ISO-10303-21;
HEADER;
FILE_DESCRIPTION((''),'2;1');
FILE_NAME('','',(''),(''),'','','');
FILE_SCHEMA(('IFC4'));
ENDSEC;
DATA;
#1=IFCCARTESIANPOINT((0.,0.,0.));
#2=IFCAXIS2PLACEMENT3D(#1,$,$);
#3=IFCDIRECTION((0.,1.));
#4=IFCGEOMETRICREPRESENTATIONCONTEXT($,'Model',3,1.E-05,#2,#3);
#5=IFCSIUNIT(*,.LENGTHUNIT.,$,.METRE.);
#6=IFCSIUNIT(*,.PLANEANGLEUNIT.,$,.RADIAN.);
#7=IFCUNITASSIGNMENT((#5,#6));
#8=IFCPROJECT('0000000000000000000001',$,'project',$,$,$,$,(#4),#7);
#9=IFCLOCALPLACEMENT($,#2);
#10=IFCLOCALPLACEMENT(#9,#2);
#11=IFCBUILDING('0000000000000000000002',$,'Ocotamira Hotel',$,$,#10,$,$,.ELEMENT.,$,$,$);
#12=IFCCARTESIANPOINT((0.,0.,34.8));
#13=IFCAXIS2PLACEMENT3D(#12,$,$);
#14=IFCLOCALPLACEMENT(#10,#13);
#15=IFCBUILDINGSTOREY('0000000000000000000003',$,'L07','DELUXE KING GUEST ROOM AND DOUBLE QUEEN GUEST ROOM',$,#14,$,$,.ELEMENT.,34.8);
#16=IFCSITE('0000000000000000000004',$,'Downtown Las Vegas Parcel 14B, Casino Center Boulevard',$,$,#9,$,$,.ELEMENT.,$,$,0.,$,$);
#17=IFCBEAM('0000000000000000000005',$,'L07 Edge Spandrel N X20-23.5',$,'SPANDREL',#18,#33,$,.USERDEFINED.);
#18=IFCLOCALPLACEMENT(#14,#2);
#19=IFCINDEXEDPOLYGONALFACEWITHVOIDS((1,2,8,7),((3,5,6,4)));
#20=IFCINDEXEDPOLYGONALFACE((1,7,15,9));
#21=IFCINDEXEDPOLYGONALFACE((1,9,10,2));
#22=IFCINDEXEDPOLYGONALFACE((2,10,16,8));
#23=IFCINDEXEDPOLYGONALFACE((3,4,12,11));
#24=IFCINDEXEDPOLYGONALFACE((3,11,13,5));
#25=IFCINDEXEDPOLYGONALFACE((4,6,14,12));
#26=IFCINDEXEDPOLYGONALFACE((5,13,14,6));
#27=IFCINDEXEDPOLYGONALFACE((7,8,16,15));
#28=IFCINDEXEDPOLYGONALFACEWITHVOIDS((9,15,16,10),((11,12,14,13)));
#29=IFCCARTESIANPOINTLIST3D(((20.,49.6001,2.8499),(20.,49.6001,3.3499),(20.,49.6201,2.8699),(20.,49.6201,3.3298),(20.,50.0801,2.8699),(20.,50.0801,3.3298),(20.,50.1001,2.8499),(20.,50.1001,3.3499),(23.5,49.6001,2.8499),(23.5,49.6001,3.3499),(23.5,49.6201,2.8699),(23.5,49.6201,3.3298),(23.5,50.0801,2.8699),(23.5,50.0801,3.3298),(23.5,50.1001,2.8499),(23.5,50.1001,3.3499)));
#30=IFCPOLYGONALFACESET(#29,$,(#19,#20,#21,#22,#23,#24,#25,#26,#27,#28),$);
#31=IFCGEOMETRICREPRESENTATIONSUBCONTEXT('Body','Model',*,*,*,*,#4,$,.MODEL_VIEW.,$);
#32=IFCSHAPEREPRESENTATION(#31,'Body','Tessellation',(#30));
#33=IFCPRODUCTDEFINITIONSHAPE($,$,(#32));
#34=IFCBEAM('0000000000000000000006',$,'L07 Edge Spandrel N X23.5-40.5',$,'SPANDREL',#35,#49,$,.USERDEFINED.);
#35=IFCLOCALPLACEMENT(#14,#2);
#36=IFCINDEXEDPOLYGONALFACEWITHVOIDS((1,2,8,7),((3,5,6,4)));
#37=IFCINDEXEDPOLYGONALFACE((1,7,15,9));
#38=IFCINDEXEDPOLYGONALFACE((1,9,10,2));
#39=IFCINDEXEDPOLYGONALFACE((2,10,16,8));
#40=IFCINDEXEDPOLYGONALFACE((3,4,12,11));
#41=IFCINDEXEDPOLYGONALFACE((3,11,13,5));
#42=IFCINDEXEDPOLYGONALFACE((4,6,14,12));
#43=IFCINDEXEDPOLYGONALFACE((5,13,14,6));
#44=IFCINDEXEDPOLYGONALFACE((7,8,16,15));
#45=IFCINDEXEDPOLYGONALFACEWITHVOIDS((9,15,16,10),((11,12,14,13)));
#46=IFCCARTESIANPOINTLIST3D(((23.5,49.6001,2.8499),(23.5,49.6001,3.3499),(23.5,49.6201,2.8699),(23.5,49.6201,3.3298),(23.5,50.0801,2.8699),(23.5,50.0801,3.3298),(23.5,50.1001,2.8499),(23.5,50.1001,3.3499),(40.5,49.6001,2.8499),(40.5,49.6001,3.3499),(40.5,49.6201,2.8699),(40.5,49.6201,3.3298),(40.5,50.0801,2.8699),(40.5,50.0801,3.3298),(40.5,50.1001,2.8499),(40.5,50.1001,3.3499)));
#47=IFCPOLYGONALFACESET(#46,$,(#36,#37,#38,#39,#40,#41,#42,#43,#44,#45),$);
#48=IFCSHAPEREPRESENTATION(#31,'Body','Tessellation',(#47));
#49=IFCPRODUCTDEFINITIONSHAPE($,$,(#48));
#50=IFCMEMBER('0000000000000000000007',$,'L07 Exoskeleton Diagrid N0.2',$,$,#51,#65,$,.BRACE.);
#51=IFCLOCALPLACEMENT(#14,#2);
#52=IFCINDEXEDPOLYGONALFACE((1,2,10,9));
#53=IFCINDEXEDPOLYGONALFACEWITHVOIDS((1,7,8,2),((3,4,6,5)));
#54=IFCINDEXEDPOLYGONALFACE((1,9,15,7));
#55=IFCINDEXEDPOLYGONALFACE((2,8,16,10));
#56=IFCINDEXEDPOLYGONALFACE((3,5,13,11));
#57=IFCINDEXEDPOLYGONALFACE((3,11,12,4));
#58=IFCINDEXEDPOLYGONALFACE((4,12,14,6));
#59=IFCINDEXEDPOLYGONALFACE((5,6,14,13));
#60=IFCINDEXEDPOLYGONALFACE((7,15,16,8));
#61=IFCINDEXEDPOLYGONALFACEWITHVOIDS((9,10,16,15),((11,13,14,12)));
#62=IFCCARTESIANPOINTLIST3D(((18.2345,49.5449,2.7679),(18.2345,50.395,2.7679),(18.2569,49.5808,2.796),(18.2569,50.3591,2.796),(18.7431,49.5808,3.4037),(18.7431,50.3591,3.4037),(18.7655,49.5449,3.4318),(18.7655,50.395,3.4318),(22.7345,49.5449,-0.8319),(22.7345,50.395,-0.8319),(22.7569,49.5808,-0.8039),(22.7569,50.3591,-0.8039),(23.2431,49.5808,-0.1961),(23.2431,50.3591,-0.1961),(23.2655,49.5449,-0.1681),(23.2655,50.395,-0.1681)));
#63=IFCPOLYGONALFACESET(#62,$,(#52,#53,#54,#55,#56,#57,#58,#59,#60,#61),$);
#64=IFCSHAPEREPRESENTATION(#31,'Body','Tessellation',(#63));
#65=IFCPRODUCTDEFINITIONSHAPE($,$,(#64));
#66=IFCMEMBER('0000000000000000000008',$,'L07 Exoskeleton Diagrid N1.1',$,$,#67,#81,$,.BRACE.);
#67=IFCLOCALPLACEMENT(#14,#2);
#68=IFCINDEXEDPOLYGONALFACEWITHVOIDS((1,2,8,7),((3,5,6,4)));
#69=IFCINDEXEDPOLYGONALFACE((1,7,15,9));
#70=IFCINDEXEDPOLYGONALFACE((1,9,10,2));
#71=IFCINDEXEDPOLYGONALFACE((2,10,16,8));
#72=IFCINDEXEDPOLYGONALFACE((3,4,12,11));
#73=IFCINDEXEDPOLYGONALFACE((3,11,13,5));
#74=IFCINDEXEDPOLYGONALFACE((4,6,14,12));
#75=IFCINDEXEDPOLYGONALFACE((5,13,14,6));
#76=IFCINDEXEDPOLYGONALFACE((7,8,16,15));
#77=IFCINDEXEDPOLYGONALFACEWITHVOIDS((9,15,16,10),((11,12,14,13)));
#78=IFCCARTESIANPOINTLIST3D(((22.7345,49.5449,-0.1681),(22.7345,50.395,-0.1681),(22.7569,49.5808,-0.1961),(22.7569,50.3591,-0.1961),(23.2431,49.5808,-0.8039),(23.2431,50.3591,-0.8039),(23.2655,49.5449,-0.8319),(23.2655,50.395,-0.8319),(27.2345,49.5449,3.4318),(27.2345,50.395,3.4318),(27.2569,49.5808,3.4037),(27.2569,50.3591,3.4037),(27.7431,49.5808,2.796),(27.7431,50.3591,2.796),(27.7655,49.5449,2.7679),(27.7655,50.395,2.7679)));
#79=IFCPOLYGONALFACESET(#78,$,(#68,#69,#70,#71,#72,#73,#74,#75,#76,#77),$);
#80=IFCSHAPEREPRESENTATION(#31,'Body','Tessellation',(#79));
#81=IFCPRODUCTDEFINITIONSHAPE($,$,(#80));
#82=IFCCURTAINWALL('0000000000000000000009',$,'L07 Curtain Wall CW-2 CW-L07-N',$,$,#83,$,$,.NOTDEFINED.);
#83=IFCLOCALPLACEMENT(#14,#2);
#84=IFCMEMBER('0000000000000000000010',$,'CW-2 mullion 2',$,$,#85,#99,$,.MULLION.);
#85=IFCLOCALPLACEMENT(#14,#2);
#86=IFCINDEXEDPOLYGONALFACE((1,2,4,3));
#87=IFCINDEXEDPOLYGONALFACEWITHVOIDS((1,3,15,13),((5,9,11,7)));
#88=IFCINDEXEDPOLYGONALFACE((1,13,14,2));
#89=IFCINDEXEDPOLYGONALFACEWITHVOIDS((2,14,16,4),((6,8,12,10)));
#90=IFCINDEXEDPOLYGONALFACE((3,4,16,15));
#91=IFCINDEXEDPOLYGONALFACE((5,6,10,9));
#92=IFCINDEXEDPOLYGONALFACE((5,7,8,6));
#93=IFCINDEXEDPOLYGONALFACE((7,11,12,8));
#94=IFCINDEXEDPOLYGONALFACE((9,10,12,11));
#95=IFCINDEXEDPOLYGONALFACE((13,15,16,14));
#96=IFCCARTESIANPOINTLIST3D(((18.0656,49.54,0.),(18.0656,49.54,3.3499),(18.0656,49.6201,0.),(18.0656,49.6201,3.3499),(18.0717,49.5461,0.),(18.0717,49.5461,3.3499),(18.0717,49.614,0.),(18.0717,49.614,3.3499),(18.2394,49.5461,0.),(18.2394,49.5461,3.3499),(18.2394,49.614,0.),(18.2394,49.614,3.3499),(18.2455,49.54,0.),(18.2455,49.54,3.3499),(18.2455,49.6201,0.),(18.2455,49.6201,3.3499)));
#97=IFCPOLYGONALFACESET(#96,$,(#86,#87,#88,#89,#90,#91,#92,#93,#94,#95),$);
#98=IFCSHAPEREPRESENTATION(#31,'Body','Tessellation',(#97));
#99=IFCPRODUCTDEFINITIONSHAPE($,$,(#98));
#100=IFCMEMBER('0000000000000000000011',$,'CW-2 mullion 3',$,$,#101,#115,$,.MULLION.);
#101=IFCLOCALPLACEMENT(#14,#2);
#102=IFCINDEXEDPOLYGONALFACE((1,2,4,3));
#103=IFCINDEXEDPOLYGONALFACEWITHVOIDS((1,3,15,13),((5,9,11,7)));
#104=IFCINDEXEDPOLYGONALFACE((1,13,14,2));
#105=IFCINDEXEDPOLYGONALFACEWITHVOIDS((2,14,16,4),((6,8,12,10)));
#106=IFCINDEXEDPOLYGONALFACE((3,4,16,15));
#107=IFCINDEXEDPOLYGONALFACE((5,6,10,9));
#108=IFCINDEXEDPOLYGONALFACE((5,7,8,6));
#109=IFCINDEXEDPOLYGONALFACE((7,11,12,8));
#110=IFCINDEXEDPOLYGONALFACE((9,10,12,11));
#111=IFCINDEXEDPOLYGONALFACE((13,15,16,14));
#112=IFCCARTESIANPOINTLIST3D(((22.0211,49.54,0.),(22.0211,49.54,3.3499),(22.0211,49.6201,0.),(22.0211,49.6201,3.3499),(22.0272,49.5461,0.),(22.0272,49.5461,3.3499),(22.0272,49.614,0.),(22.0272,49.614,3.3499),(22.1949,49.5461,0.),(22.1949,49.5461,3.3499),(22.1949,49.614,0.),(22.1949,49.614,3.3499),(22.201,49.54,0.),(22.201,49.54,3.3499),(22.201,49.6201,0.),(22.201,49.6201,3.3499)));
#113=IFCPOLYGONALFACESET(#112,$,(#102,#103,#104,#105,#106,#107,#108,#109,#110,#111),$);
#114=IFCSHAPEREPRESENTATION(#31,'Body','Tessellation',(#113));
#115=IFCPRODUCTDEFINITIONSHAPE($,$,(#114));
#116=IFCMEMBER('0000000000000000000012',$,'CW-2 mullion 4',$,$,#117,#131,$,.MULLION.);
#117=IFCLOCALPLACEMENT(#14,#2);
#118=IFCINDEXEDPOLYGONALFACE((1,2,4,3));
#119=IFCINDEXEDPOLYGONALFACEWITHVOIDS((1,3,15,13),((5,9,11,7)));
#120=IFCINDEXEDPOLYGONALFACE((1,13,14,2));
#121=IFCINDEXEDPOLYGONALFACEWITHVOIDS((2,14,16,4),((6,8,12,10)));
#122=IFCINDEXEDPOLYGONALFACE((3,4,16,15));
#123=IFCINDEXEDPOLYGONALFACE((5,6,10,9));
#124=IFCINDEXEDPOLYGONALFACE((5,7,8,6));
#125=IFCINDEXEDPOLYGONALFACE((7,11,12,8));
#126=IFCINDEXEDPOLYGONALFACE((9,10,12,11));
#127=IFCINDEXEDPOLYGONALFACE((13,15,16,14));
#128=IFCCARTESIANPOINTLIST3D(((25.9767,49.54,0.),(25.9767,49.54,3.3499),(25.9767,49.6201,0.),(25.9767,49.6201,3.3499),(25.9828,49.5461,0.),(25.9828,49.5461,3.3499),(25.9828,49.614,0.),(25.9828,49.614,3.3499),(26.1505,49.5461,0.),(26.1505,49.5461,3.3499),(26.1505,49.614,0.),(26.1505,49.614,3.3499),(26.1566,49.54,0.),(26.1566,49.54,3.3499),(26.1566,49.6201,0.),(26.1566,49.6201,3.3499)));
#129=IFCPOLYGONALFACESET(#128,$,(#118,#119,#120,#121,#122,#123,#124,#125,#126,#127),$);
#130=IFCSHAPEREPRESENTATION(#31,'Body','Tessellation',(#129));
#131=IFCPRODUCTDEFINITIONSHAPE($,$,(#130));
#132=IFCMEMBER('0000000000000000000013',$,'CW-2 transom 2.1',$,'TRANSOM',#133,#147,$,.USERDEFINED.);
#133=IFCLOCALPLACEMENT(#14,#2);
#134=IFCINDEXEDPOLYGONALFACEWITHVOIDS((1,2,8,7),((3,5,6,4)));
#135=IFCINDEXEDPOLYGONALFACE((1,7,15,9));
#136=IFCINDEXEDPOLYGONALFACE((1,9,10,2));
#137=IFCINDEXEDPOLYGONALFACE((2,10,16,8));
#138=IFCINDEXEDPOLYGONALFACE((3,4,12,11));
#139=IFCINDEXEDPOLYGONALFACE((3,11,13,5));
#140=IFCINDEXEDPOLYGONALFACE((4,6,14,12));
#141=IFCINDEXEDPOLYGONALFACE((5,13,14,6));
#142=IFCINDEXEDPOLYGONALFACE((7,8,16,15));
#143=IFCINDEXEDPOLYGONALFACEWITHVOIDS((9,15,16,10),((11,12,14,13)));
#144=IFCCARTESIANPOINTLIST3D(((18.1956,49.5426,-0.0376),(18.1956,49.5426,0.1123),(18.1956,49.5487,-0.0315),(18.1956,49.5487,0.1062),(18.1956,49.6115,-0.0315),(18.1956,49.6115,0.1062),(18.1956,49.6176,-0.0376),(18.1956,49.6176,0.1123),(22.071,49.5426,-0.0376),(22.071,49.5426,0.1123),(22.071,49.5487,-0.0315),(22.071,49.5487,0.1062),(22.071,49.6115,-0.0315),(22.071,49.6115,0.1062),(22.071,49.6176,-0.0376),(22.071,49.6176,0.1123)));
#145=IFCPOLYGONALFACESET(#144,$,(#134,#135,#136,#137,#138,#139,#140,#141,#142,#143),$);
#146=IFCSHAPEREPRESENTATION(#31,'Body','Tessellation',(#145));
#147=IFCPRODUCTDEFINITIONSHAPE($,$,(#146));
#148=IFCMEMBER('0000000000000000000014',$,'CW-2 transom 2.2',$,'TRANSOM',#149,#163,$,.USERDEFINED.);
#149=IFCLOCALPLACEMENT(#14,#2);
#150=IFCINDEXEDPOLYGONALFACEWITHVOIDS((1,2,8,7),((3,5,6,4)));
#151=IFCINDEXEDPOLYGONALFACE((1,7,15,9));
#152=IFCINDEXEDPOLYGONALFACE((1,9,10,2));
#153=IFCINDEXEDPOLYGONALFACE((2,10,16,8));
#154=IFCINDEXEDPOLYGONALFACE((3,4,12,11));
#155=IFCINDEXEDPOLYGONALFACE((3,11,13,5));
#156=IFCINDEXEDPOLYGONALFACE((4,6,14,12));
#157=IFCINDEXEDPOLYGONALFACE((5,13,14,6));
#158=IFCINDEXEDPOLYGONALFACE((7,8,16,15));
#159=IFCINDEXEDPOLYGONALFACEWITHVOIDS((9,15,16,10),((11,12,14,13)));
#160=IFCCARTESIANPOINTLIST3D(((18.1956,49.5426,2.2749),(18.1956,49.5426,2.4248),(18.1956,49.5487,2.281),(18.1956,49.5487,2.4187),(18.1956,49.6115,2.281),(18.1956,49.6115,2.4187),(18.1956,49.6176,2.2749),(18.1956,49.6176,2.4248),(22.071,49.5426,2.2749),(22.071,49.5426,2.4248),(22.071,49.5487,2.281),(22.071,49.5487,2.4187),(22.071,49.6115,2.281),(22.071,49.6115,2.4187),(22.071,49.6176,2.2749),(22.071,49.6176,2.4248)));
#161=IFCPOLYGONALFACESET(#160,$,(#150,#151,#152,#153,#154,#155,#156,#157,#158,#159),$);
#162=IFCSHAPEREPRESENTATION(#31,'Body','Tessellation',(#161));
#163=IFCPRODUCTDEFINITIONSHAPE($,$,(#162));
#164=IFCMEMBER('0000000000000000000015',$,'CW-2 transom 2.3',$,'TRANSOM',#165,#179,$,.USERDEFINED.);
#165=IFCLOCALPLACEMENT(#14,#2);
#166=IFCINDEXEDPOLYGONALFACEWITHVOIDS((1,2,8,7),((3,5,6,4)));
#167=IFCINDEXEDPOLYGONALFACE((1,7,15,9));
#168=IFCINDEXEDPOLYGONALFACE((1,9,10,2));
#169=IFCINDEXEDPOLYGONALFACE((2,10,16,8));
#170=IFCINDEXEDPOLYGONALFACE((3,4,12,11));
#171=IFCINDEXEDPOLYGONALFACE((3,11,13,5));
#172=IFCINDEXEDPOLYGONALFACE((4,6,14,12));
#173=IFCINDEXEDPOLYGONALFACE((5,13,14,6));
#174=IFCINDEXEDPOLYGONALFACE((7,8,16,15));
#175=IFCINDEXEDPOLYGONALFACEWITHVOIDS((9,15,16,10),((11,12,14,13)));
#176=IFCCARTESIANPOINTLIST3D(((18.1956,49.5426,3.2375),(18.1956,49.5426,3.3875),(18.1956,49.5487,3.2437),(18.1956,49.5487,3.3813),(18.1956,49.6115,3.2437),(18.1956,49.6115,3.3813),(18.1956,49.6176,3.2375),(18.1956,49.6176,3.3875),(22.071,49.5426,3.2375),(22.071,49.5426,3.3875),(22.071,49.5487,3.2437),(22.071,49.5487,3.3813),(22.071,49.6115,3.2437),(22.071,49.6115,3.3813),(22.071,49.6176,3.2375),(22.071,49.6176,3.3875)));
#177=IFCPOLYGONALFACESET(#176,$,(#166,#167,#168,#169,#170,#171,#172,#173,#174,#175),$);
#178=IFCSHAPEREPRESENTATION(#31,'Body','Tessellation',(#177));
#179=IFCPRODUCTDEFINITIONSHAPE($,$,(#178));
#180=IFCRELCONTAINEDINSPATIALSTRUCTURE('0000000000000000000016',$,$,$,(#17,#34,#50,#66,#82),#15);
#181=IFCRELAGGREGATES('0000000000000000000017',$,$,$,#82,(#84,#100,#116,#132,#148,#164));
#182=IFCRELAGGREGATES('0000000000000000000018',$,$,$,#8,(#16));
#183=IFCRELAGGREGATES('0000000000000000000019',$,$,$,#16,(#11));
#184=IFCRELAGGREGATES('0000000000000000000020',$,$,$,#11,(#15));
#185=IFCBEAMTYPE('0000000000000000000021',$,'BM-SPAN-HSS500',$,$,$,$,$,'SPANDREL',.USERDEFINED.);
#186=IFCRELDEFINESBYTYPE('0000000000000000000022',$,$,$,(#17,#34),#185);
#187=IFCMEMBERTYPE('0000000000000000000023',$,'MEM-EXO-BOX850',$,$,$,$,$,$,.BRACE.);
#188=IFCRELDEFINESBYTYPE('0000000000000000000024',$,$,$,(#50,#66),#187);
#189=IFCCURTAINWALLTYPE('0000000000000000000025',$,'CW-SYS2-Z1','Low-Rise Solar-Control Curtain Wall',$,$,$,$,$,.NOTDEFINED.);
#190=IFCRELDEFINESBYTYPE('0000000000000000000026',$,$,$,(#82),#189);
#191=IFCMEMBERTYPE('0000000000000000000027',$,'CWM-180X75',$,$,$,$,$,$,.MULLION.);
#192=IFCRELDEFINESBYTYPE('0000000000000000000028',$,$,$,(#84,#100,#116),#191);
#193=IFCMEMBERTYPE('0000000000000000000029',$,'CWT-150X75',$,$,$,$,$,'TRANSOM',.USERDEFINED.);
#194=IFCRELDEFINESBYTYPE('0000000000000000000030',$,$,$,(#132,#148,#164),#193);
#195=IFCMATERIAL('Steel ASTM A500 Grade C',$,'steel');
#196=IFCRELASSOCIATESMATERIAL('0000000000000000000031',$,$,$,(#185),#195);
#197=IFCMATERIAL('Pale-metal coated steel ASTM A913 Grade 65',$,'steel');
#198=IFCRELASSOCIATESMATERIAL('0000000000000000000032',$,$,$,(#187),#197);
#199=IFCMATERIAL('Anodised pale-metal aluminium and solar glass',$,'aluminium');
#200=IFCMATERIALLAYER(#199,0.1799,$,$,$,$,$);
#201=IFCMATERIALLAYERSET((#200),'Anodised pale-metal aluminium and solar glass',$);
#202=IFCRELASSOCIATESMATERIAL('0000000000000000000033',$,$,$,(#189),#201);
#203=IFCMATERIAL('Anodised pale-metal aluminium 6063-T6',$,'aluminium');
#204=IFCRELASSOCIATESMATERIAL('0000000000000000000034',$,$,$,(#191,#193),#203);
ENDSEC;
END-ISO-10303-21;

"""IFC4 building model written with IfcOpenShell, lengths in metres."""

from ifc_helpers import new_model, si_unit, direction, frame, origin, origin_2d, place, context, subcontext, project, spatial, hollow_rectangle, extrude, source, transform, mapped, material, layer, layer_set, material_profile, profile_set, type_object, element, aggregate, save


model = new_model("IFC4")

# Units and contexts
model_context = context("Model", 3, precision=1e-05, world=origin(), true_north=direction((0.0, 1.0)))
body_context = subcontext(model_context, "Body", "Model", "MODEL_VIEW")
ifc_project = project(units=[si_unit("LENGTHUNIT", "METRE"), si_unit("PLANEANGLEUNIT", "RADIAN")], contexts=[model_context])

# Site, building, storey
site_placement = place(None, origin())
site = spatial("IfcSite", under=ifc_project, at=site_placement, Name="Downtown Las Vegas Parcel 14B, Casino Center Boulevard", CompositionType="ELEMENT", RefElevation=0.0)
building_placement = place(site_placement, origin())
building = spatial("IfcBuilding", under=site, at=building_placement, Name="Ocotamira Hotel", CompositionType="ELEMENT")
storey_placement = place(building_placement, frame((0.0, 0.0, 34.8)))
storey = spatial("IfcBuildingStorey", under=building, at=storey_placement, Name="L07", Description="DELUXE KING GUEST ROOM AND DOUBLE QUEEN GUEST ROOM", CompositionType="ELEMENT", Elevation=34.8)

# Beams
ifc_material_1 = material(Name="Steel ASTM A500 Grade C", Category="steel")
ifc_material_profile_1 = material_profile(ifc_material_1, hollow_rectangle(XDim=0.5, YDim=0.5, WallThickness=0.02, at=origin_2d()), Name="HSS500X500X20")
ifc_profile_set_1 = profile_set([ifc_material_profile_1], Name="Steel ASTM A500 Grade C")
beam_type = type_object("IfcBeamType", Name="BM-SPAN-HSS500", ElementType="SPANDREL", PredefinedType="USERDEFINED", material=ifc_profile_set_1)
shared_shape_1 = source(origin(), body_context, "Body", "SweptSolid", [
    extrude(hollow_rectangle(XDim=0.5, YDim=0.5, WallThickness=0.02, at=origin_2d()), origin(), (0.0, 0.0, 1.0), 3.5),
])
beam_1_placement = place(storey_placement, frame((20.0, 49.8501, 3.0999), z_axis=(1.0, 0.0, 0.0), x_axis=(0.0, 1.0, 0.0)))
element("IfcBeam", 1, at=beam_1_placement, inside=storey, type_object=beam_type, Name="L07 Edge Spandrel N X20-23.5", ObjectType="SPANDREL", PredefinedType="USERDEFINED", context=body_context, shape_type="MappedRepresentation", body=[
    mapped(shared_shape_1, transform((0.0, 0.0, 0.0), scale=1.0)),
])
shared_shape_2 = source(origin(), body_context, "Body", "SweptSolid", [
    extrude(hollow_rectangle(XDim=0.5, YDim=0.5, WallThickness=0.02, at=origin_2d()), origin(), (0.0, 0.0, 1.0), 17.0),
])
beam_2_placement = place(storey_placement, frame((23.5, 49.8501, 3.0999), z_axis=(1.0, 0.0, 0.0), x_axis=(0.0, 1.0, 0.0)))
element("IfcBeam", 2, at=beam_2_placement, inside=storey, type_object=beam_type, Name="L07 Edge Spandrel N X23.5-40.5", ObjectType="SPANDREL", PredefinedType="USERDEFINED", context=body_context, shape_type="MappedRepresentation", body=[
    mapped(shared_shape_2, transform((0.0, 0.0, 0.0), scale=1.0)),
])

# Members
ifc_material_2 = material(Name="Pale-metal coated steel ASTM A913 Grade 65", Category="steel")
ifc_material_profile_2 = material_profile(ifc_material_2, hollow_rectangle(XDim=0.8501, YDim=0.8501, WallThickness=0.0359, at=origin_2d()), Name="BOX850X850X36")
ifc_profile_set_2 = profile_set([ifc_material_profile_2], Name="Pale-metal coated steel ASTM A913 Grade 65")
member_type_1 = type_object("IfcMemberType", Name="MEM-EXO-BOX850", PredefinedType="BRACE", material=ifc_profile_set_2)
shared_shape_3 = source(origin(), body_context, "Body", "SweptSolid", [
    extrude(hollow_rectangle(XDim=0.8501, YDim=0.8501, WallThickness=0.0359, at=origin_2d()), origin(), (0.0, 0.0, 1.0), 5.7627),
])
for number, where, z_axis, x_axis, name in (
    (3, (23.0, 49.97, -0.5), (-0.780881, 0.0, 0.62468), (0.0, -1.0, 0.0), "L07 Exoskeleton Diagrid N0.2"),
    (4, (23.0, 49.97, -0.5), (0.780881, 0.0, 0.62468), (0.0, 1.0, 0.0), "L07 Exoskeleton Diagrid N1.1"),
):
    element("IfcMember", number, at=place(storey_placement, frame(where, z_axis=z_axis, x_axis=x_axis)), inside=storey, type_object=member_type_1, Name=name, PredefinedType="BRACE", context=body_context, shape_type="MappedRepresentation", body=[
        mapped(shared_shape_3, transform((0.0, 0.0, 0.0), scale=1.0)),
    ])

# Curtain wall, members
ifc_material_3 = material(Name="Anodised pale-metal aluminium and solar glass", Category="aluminium")
ifc_layer_1 = layer(ifc_material_3, 0.1799)
ifc_layer_set_1 = layer_set([ifc_layer_1], Name="Anodised pale-metal aluminium and solar glass")
curtain_wall_type = type_object("IfcCurtainWallType", Name="CW-SYS2-Z1", Description="Low-Rise Solar-Control Curtain Wall", PredefinedType="NOTDEFINED", material=ifc_layer_set_1)
curtain_wall_placement = place(storey_placement, origin())
curtain_wall = element("IfcCurtainWall", 5, at=curtain_wall_placement, inside=storey, type_object=curtain_wall_type, Name="L07 Curtain Wall CW-2 CW-L07-N", PredefinedType="NOTDEFINED")
ifc_material_4 = material(Name="Anodised pale-metal aluminium 6063-T6", Category="aluminium")
ifc_material_profile_3 = material_profile(ifc_material_4, hollow_rectangle(XDim=0.0801, YDim=0.1799, WallThickness=0.0061, at=origin_2d()), Name="HSS180X80X6")
ifc_profile_set_3 = profile_set([ifc_material_profile_3], Name="Anodised pale-metal aluminium 6063-T6")
member_type_2 = type_object("IfcMemberType", Name="CWM-180X75", PredefinedType="MULLION", material=ifc_profile_set_3)
shared_shape_4 = source(origin(), body_context, "Body", "SweptSolid", [
    extrude(hollow_rectangle(XDim=0.0801, YDim=0.1799, WallThickness=0.0061, at=origin_2d()), origin(), (0.0, 0.0, 1.0), 3.3499),
])
member_1_placement = place(storey_placement, frame((18.1555, 49.5801, 0.0), z_axis=(0.0, 0.0, 1.0), x_axis=(0.0, 1.0, 0.0)))
member_1 = element("IfcMember", 6, at=member_1_placement, type_object=member_type_2, Name="CW-2 mullion 2", PredefinedType="MULLION", context=body_context, shape_type="MappedRepresentation", body=[
    mapped(shared_shape_4, transform((0.0, 0.0, 0.0), scale=1.0)),
])
member_2_placement = place(storey_placement, frame((22.1111, 49.5801, 0.0), z_axis=(0.0, 0.0, 1.0), x_axis=(0.0, 1.0, 0.0)))
member_2 = element("IfcMember", 7, at=member_2_placement, type_object=member_type_2, Name="CW-2 mullion 3", PredefinedType="MULLION", context=body_context, shape_type="MappedRepresentation", body=[
    mapped(shared_shape_4, transform((0.0, 0.0, 0.0), scale=1.0)),
])
member_3_placement = place(storey_placement, frame((26.0667, 49.5801, 0.0), z_axis=(0.0, 0.0, 1.0), x_axis=(0.0, 1.0, 0.0)))
member_3 = element("IfcMember", 8, at=member_3_placement, type_object=member_type_2, Name="CW-2 mullion 4", PredefinedType="MULLION", context=body_context, shape_type="MappedRepresentation", body=[
    mapped(shared_shape_4, transform((0.0, 0.0, 0.0), scale=1.0)),
])
ifc_material_profile_4 = material_profile(ifc_material_4, hollow_rectangle(XDim=0.075, YDim=0.1499, WallThickness=0.0061, at=origin_2d()), Name="HSS150X75X6")
ifc_profile_set_4 = profile_set([ifc_material_profile_4], Name="Anodised pale-metal aluminium 6063-T6")
member_type_3 = type_object("IfcMemberType", Name="CWT-150X75", ElementType="TRANSOM", PredefinedType="USERDEFINED", material=ifc_profile_set_4)
shared_shape_5 = source(origin(), body_context, "Body", "SweptSolid", [
    extrude(hollow_rectangle(XDim=0.075, YDim=0.1499, WallThickness=0.0061, at=origin_2d()), origin(), (0.0, 0.0, 1.0), 3.8755),
])
member_4_placement = place(storey_placement, frame((18.1956, 49.5801, 0.0374), z_axis=(1.0, 0.0, 0.0), x_axis=(0.0, 1.0, 0.0)))
member_4 = element("IfcMember", 9, at=member_4_placement, type_object=member_type_3, Name="CW-2 transom 2.1", ObjectType="TRANSOM", PredefinedType="USERDEFINED", context=body_context, shape_type="MappedRepresentation", body=[
    mapped(shared_shape_5, transform((0.0, 0.0, 0.0), scale=1.0)),
])
member_5_placement = place(storey_placement, frame((18.1956, 49.5801, 2.3499), z_axis=(1.0, 0.0, 0.0), x_axis=(0.0, 1.0, 0.0)))
member_5 = element("IfcMember", 10, at=member_5_placement, type_object=member_type_3, Name="CW-2 transom 2.2", ObjectType="TRANSOM", PredefinedType="USERDEFINED", context=body_context, shape_type="MappedRepresentation", body=[
    mapped(shared_shape_5, transform((0.0, 0.0, 0.0), scale=1.0)),
])
member_6_placement = place(storey_placement, frame((18.1956, 49.5801, 3.3125), z_axis=(1.0, 0.0, 0.0), x_axis=(0.0, 1.0, 0.0)))
member_6 = element("IfcMember", 11, at=member_6_placement, type_object=member_type_3, Name="CW-2 transom 2.3", ObjectType="TRANSOM", PredefinedType="USERDEFINED", context=body_context, shape_type="MappedRepresentation", body=[
    mapped(shared_shape_5, transform((0.0, 0.0, 0.0), scale=1.0)),
])

aggregate(curtain_wall, [member_1, member_2, member_3, member_4, member_5, member_6])

save(model, "model.ifc")
